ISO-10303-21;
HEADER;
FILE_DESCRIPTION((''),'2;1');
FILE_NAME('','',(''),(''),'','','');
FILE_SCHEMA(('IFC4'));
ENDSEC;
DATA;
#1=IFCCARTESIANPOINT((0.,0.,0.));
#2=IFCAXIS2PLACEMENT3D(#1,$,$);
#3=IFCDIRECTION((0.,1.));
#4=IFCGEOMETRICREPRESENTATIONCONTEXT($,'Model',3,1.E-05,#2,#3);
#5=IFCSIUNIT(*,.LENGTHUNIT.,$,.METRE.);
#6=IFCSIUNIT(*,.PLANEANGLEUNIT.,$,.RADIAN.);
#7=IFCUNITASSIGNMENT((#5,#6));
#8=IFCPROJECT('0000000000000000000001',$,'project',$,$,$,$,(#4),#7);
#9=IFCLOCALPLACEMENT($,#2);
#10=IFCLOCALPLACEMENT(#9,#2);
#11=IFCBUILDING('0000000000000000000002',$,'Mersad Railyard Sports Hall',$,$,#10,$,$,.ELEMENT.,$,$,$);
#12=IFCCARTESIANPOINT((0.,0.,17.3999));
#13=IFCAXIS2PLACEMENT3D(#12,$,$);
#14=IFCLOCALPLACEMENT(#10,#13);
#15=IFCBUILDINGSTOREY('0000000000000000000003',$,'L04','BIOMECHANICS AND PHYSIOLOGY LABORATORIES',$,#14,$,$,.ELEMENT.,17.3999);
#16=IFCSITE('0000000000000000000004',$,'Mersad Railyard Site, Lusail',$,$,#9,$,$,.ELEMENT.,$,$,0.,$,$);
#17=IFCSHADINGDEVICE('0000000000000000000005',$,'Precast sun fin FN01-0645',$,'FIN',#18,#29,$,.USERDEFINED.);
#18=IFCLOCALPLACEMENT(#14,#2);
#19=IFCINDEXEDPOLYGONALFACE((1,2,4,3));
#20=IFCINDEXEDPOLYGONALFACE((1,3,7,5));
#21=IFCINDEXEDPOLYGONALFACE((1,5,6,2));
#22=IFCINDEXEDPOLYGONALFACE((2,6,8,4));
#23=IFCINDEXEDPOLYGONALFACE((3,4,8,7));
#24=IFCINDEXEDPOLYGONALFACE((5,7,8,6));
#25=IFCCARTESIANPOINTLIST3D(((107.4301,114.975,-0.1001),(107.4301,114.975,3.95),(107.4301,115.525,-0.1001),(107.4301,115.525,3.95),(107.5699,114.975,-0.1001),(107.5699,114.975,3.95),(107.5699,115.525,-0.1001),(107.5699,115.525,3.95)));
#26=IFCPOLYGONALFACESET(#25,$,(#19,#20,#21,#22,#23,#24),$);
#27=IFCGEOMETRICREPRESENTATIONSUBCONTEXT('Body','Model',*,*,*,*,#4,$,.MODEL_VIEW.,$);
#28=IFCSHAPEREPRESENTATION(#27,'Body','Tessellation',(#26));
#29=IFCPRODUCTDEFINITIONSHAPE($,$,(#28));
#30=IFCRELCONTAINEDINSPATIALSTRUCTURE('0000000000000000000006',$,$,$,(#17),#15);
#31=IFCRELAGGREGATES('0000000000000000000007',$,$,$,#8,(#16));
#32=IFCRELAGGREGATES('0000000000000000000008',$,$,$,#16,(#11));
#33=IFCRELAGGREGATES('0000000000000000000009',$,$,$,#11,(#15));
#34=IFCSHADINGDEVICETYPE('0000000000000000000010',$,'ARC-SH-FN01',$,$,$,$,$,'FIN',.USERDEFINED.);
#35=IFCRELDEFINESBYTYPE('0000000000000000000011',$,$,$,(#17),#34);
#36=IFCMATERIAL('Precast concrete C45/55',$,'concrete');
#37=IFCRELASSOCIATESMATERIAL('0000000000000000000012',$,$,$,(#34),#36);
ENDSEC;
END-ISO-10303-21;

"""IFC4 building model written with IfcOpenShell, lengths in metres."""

from ifc_helpers import new_model, si_unit, direction, frame, origin, origin_2d, place, context, subcontext, project, spatial, rectangle, extrude, material, type_object, element, save


model = new_model("IFC4")

# Units and contexts
model_context = context("Model", 3, precision=1e-05, world=origin(), true_north=direction((0.0, 1.0)))
body_context = subcontext(model_context, "Body", "Model", "MODEL_VIEW")
ifc_project = project(units=[si_unit("LENGTHUNIT", "METRE"), si_unit("PLANEANGLEUNIT", "RADIAN")], contexts=[model_context])

# Site, building, storey
site_placement = place(None, origin())
site = spatial("IfcSite", under=ifc_project, at=site_placement, Name="Mersad Railyard Site, Lusail", CompositionType="ELEMENT", RefElevation=0.0)
building_placement = place(site_placement, origin())
building = spatial("IfcBuilding", under=site, at=building_placement, Name="Mersad Railyard Sports Hall", CompositionType="ELEMENT")
storey_placement = place(building_placement, frame((0.0, 0.0, 17.3999)))
storey = spatial("IfcBuildingStorey", under=building, at=storey_placement, Name="L04", Description="BIOMECHANICS AND PHYSIOLOGY LABORATORIES", CompositionType="ELEMENT", Elevation=17.3999)

# Shading device
ifc_material_1 = material(Name="Precast concrete C45/55", Category="concrete")
shading_device_type = type_object("IfcShadingDeviceType", Name="ARC-SH-FN01", ElementType="FIN", PredefinedType="USERDEFINED", material=ifc_material_1)
for number, where, z_axis, x_axis, name in (
    (1, (107.5, 115.25, -0.1001), (0.0, 0.0, 1.0), (1.0, 0.0, 0.0), "Precast sun fin FN01-0645"),
):
    element("IfcShadingDevice", number, at=place(storey_placement, frame(where, z_axis=z_axis, x_axis=x_axis)), inside=storey, type_object=shading_device_type, Name=name, ObjectType="FIN", PredefinedType="USERDEFINED", context=body_context, shape_type="SweptSolid", body=[
        extrude(rectangle(XDim=0.1399, YDim=0.55, at=origin_2d()), origin(), (0.0, 0.0, 1.0), 4.05),
    ])

save(model, "model.ifc")
